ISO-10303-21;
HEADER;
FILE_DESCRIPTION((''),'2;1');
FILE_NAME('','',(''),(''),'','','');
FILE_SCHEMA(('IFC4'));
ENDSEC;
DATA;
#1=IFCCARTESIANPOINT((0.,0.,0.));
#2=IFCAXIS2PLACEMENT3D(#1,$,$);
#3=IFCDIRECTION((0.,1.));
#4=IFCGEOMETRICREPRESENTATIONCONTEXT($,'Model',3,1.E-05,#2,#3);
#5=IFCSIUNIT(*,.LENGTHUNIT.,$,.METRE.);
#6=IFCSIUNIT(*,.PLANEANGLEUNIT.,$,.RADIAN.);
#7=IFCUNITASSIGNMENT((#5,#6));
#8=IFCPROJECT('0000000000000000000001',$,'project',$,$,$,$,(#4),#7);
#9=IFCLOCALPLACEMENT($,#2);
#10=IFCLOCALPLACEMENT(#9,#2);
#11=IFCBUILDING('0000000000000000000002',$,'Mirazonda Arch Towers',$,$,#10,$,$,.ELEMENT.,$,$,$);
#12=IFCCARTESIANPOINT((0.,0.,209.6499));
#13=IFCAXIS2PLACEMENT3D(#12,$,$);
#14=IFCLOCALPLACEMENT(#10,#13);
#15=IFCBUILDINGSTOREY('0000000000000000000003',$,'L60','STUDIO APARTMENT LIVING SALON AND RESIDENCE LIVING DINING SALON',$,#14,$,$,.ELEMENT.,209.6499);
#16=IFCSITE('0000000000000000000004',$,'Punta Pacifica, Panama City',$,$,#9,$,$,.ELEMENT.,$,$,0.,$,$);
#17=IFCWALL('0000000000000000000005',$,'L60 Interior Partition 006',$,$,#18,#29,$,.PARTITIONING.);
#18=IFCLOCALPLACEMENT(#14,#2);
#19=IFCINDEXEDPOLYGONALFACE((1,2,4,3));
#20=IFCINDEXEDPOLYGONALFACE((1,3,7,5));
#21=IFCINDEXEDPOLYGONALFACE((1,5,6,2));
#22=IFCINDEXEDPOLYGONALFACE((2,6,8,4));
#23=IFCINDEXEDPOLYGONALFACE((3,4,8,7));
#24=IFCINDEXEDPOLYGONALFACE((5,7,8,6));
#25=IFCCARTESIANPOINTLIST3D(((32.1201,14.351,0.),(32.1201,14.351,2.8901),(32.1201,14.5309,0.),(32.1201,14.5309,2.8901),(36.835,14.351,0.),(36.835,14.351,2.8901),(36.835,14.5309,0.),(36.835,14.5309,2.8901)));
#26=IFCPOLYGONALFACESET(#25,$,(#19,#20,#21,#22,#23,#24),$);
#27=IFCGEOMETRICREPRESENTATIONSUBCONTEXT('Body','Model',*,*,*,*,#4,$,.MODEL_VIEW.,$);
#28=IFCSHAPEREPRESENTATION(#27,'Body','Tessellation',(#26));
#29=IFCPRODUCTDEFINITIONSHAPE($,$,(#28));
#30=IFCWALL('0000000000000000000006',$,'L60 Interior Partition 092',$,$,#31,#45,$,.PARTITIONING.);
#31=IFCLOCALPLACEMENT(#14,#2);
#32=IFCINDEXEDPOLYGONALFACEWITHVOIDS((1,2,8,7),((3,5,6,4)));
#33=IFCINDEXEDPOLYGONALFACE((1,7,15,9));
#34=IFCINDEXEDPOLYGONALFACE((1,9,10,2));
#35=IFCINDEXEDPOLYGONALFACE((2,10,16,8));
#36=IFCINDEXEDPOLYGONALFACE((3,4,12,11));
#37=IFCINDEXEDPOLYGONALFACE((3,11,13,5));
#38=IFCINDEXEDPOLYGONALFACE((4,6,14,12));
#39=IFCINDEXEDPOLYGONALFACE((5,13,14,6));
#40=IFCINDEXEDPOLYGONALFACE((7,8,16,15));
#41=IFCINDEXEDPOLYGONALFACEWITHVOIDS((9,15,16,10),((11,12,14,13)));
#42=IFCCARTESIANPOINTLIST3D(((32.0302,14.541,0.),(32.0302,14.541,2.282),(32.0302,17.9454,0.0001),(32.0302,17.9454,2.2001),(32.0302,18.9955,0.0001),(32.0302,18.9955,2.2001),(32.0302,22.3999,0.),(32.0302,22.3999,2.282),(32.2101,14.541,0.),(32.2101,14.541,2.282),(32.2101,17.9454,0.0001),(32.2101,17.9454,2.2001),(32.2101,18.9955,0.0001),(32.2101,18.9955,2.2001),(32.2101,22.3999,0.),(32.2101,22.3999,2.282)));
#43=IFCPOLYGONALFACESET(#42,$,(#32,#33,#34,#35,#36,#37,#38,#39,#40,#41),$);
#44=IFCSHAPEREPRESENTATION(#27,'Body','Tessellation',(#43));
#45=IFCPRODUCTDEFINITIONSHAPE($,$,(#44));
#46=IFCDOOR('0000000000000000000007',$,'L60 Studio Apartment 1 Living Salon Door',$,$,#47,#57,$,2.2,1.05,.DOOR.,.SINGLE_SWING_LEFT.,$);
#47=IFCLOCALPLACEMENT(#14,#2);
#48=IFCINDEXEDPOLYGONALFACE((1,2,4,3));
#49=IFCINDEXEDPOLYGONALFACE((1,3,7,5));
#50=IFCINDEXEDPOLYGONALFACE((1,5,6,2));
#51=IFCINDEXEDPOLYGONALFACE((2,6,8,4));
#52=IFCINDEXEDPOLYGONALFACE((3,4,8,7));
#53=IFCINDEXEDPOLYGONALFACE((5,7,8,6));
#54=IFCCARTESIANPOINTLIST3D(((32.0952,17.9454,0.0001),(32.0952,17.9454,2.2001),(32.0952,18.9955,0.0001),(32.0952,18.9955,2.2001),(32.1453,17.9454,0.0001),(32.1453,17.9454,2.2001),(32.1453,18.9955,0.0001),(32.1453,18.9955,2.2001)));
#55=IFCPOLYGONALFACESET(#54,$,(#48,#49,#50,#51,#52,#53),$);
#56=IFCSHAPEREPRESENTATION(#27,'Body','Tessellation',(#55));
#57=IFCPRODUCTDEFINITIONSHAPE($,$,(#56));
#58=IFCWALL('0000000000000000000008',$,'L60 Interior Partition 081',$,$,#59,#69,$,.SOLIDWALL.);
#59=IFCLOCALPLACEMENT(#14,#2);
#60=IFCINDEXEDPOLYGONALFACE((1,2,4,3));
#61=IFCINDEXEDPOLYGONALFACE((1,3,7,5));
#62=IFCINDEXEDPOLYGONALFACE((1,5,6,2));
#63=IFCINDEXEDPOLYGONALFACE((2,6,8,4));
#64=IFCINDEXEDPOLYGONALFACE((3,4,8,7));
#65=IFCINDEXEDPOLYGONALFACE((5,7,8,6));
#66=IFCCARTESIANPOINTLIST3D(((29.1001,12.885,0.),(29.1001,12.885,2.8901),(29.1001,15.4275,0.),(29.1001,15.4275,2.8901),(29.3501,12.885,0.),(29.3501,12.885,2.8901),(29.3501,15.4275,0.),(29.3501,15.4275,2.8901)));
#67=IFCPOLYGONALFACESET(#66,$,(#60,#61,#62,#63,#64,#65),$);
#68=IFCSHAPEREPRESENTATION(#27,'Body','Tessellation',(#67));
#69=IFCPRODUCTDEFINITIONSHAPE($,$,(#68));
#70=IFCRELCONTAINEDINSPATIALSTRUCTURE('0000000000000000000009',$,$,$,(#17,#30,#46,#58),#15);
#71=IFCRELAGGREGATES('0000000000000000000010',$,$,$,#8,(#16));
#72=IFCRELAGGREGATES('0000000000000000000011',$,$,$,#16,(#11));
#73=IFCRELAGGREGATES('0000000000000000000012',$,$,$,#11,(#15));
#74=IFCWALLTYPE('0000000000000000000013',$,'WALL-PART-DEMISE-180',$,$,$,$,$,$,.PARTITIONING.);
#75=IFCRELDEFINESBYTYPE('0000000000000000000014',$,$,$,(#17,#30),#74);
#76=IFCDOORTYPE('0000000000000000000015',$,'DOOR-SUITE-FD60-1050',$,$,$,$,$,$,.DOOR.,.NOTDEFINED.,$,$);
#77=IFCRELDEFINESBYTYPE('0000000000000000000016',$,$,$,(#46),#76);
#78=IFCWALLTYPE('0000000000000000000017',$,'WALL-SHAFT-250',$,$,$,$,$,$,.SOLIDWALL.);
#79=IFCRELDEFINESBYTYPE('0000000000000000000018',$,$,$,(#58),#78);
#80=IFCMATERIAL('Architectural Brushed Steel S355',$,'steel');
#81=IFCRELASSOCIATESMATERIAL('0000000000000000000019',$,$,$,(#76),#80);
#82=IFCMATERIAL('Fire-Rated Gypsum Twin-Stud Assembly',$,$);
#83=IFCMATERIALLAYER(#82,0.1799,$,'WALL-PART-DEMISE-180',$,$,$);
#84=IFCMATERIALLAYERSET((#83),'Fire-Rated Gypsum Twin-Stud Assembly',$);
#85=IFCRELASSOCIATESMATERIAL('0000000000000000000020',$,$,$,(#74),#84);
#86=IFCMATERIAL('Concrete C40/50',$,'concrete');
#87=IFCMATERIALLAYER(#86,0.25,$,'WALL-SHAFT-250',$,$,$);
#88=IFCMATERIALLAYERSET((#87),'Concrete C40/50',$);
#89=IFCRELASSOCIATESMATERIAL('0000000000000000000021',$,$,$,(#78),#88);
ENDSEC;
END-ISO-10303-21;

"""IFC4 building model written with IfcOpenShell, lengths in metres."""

from ifc_helpers import new_model, si_unit, direction, frame, frame_2d, origin, place, context, subcontext, project, spatial, rectangle, extrude, material, layer, layer_set, type_object, element, fill, save


model = new_model("IFC4")

# Units and contexts
model_context = context("Model", 3, precision=1e-05, world=origin(), true_north=direction((0.0, 1.0)))
body_context = subcontext(model_context, "Body", "Model", "MODEL_VIEW")
ifc_project = project(units=[si_unit("LENGTHUNIT", "METRE"), si_unit("PLANEANGLEUNIT", "RADIAN")], contexts=[model_context])

# Site, building, storey
site_placement = place(None, origin())
site = spatial("IfcSite", under=ifc_project, at=site_placement, Name="Punta Pacifica, Panama City", CompositionType="ELEMENT", RefElevation=0.0)
building_placement = place(site_placement, origin())
building = spatial("IfcBuilding", under=site, at=building_placement, Name="Mirazonda Arch Towers", CompositionType="ELEMENT")
storey_placement = place(building_placement, frame((0.0, 0.0, 209.6499)))
storey = spatial("IfcBuildingStorey", under=building, at=storey_placement, Name="L60", Description="STUDIO APARTMENT LIVING SALON AND RESIDENCE LIVING DINING SALON", CompositionType="ELEMENT", Elevation=209.6499)

# Shared definitions
ifc_material_1 = material(Name="Architectural Brushed Steel S355", Category="steel")
door_type_1 = type_object("IfcDoorType", Name="DOOR-SUITE-FD60-1050", OperationType="NOTDEFINED", PredefinedType="DOOR", material=ifc_material_1)

# Wall
ifc_material_2 = material(Name="Fire-Rated Gypsum Twin-Stud Assembly")
ifc_layer_1 = layer(ifc_material_2, 0.1799, Name="WALL-PART-DEMISE-180")
ifc_layer_set_1 = layer_set([ifc_layer_1], Name="Fire-Rated Gypsum Twin-Stud Assembly")
wall_type_1 = type_object("IfcWallType", Name="WALL-PART-DEMISE-180", PredefinedType="PARTITIONING", material=ifc_layer_set_1)
wall_1_placement = place(storey_placement, frame((32.1201, 14.4409, 0.0), z_axis=(0.0, 0.0, 1.0), x_axis=(1.0, 0.0, 0.0)))
element("IfcWall", 1, at=wall_1_placement, inside=storey, type_object=wall_type_1, Name="L60 Interior Partition 006", PredefinedType="PARTITIONING", context=body_context, shape_type="SweptSolid", body=[
    extrude(rectangle(XDim=4.7148, YDim=0.1799, at=frame_2d((2.3574, 0.0))), origin(), (0.0, 0.0, 1.0), 2.8901),
])

# Wall, opening, door
wall_2_placement = place(storey_placement, frame((32.1201, 14.541, 0.0), z_axis=(0.0, 0.0, 1.0), x_axis=(0.0, 1.0, 0.0)))
wall_2 = element("IfcWall", 2, at=wall_2_placement, inside=storey, type_object=wall_type_1, Name="L60 Interior Partition 092", PredefinedType="PARTITIONING", context=body_context, shape_type="SweptSolid", body=[
    extrude(rectangle(XDim=7.8589, YDim=0.1799, at=frame_2d((3.9294, 0.0))), origin(), (0.0, 0.0, 1.0), 2.282),
])
opening_1_placement = place(wall_2_placement, frame((3.4045, 0.0, 0.0)))
opening_1 = element("IfcOpeningElement", 3, at=opening_1_placement, cuts=wall_2, PredefinedType="OPENING", context=body_context, shape_type="SweptSolid", body=[
    extrude(rectangle(XDim=1.05, YDim=2.2, at=frame_2d((0.5249, 1.1001))), frame((0.0, 0.0999, 0.0), z_axis=(0.0, -1.0, 0.0), x_axis=(1.0, 0.0, 0.0)), (0.0, 0.0, 1.0), 0.2),
])
door_1_placement = place(opening_1_placement, origin())
door_1 = element("IfcDoor", 4, at=door_1_placement, inside=storey, type_object=door_type_1, Name="L60 Studio Apartment 1 Living Salon Door", OperationType="SINGLE_SWING_LEFT", OverallHeight=2.2, OverallWidth=1.05, PredefinedType="DOOR", context=body_context, shape_type="SweptSolid", body=[
    extrude(rectangle(XDim=1.05, YDim=2.2, at=frame_2d((0.5249, 1.1001))), frame((0.0, 0.0249, 0.0), z_axis=(0.0, -1.0, 0.0), x_axis=(1.0, 0.0, 0.0)), (0.0, 0.0, 1.0), 0.05),
])
fill(opening_1, door_1)

# Wall
ifc_material_3 = material(Name="Concrete C40/50", Category="concrete")
ifc_layer_2 = layer(ifc_material_3, 0.25, Name="WALL-SHAFT-250")
ifc_layer_set_2 = layer_set([ifc_layer_2], Name="Concrete C40/50")
wall_type_2 = type_object("IfcWallType", Name="WALL-SHAFT-250", PredefinedType="SOLIDWALL", material=ifc_layer_set_2)
wall_3_placement = place(storey_placement, frame((29.2251, 12.885, 0.0), z_axis=(0.0, 0.0, 1.0), x_axis=(0.0, 1.0, 0.0)))
element("IfcWall", 5, at=wall_3_placement, inside=storey, type_object=wall_type_2, Name="L60 Interior Partition 081", PredefinedType="SOLIDWALL", context=body_context, shape_type="SweptSolid", body=[
    extrude(rectangle(XDim=2.5425, YDim=0.25, at=frame_2d((1.2712, 0.0))), origin(), (0.0, 0.0, 1.0), 2.8901),
])

save(model, "model.ifc")
